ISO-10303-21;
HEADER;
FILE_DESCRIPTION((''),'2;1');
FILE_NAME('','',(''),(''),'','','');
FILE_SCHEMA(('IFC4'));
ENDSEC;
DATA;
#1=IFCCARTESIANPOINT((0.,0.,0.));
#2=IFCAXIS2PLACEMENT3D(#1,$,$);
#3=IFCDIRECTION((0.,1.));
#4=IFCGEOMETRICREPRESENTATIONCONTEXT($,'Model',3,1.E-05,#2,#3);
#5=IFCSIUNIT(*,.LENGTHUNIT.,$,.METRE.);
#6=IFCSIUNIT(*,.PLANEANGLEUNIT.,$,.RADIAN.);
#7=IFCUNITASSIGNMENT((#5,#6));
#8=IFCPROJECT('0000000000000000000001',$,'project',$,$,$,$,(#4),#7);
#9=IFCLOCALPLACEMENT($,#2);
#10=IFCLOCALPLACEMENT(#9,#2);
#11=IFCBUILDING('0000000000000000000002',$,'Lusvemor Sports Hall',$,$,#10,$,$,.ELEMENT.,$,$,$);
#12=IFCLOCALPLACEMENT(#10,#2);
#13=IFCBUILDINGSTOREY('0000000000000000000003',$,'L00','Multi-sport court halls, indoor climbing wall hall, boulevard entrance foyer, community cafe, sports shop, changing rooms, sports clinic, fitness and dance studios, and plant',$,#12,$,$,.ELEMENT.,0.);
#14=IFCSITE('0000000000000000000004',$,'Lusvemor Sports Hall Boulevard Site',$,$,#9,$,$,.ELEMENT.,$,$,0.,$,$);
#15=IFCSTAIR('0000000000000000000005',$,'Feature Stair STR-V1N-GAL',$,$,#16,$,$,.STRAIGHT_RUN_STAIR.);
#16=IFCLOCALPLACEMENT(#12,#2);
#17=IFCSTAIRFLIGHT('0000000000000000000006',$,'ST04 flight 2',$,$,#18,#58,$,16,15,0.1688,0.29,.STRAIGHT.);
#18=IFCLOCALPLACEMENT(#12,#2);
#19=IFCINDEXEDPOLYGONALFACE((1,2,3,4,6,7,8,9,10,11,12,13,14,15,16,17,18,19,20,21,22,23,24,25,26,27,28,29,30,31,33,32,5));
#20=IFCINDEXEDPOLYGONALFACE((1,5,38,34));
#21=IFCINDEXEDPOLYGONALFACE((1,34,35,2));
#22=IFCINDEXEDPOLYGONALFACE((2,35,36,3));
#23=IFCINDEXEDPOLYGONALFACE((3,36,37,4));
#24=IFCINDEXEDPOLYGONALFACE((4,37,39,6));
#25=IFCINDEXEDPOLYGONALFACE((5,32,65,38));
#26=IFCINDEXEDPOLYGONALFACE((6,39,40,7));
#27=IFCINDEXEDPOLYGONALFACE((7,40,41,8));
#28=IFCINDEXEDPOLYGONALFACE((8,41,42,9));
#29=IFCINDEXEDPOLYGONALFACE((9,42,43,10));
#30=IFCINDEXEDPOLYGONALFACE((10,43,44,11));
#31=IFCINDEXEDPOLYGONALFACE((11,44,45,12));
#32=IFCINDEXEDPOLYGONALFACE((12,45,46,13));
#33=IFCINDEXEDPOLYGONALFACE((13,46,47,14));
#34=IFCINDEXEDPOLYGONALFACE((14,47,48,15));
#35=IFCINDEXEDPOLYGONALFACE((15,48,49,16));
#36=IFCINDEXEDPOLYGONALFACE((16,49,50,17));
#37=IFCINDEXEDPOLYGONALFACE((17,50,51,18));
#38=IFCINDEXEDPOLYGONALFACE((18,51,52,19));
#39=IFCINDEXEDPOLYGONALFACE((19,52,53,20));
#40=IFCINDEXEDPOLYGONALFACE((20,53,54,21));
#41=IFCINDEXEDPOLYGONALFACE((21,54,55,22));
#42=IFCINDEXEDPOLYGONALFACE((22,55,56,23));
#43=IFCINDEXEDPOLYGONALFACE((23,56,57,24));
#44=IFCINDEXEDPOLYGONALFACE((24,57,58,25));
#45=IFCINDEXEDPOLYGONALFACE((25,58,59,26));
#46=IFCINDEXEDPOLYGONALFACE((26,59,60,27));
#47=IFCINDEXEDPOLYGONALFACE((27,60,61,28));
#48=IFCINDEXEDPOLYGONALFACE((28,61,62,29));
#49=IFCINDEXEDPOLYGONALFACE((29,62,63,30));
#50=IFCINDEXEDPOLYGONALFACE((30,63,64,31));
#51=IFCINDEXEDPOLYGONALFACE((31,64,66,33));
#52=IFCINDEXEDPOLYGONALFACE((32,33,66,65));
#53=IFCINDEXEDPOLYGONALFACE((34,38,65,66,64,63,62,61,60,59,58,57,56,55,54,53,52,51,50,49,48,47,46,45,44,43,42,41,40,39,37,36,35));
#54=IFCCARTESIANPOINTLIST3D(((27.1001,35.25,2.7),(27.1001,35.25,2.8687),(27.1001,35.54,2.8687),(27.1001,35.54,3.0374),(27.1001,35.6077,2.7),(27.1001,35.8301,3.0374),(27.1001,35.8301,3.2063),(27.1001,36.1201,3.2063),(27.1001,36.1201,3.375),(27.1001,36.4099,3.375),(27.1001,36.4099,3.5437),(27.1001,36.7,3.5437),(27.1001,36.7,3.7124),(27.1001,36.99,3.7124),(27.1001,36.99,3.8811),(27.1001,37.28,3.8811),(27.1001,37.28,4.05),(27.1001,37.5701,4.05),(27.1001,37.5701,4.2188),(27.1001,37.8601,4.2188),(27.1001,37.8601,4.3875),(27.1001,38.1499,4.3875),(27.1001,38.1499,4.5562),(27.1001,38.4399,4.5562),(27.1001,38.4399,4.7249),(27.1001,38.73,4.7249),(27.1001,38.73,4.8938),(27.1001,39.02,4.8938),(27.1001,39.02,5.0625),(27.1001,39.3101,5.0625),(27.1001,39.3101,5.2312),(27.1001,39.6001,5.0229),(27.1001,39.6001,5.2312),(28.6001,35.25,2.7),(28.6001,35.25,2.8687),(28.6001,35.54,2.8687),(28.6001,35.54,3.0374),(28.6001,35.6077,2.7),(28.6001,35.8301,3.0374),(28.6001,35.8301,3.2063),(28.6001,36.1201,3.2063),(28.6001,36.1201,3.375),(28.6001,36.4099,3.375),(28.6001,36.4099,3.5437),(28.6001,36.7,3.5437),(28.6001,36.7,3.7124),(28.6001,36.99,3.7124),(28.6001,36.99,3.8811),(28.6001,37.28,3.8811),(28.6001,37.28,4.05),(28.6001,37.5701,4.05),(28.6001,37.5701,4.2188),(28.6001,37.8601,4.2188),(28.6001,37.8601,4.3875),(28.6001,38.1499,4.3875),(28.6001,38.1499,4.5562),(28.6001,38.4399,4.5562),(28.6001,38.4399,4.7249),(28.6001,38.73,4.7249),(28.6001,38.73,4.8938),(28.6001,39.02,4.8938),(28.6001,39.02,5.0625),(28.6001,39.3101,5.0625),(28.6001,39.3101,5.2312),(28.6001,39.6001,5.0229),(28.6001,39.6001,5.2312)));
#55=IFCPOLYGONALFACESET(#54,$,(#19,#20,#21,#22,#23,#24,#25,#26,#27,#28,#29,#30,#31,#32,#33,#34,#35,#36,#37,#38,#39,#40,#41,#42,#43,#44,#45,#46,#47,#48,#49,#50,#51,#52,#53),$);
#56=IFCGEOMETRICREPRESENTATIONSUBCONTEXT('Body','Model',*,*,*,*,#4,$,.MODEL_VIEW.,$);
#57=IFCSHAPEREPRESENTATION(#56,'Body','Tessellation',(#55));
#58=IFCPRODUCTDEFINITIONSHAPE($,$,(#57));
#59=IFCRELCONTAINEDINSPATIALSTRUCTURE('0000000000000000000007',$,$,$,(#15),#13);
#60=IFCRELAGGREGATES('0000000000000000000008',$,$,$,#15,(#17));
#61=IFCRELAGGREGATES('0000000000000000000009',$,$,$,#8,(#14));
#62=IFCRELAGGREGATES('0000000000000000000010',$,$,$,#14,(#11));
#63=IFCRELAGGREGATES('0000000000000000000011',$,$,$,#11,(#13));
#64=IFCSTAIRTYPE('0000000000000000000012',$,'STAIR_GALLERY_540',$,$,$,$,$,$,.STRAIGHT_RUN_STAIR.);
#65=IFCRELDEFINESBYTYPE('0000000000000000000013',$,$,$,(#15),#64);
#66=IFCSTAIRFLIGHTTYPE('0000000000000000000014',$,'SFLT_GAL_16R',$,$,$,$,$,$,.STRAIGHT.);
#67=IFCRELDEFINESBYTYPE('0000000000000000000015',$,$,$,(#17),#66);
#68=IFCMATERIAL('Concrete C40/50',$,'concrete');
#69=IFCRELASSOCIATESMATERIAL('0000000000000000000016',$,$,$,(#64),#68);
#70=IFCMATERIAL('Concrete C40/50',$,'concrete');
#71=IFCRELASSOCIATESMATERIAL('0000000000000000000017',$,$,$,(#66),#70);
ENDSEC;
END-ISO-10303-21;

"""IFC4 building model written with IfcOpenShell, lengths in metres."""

from ifc_helpers import new_model, si_unit, direction, frame, origin, place, context, subcontext, project, spatial, polyline, outline, extrude, material, type_object, element, aggregate, save


model = new_model("IFC4")

# Units and contexts
model_context = context("Model", 3, precision=1e-05, world=origin(), true_north=direction((0.0, 1.0)))
body_context = subcontext(model_context, "Body", "Model", "MODEL_VIEW")
ifc_project = project(units=[si_unit("LENGTHUNIT", "METRE"), si_unit("PLANEANGLEUNIT", "RADIAN")], contexts=[model_context])

# Site, building, storey
site_placement = place(None, origin())
site = spatial("IfcSite", under=ifc_project, at=site_placement, Name="Lusvemor Sports Hall Boulevard Site", CompositionType="ELEMENT", RefElevation=0.0)
building_placement = place(site_placement, origin())
building = spatial("IfcBuilding", under=site, at=building_placement, Name="Lusvemor Sports Hall", CompositionType="ELEMENT")
storey_placement = place(building_placement, origin())
storey = spatial("IfcBuildingStorey", under=building, at=storey_placement, Name="L00", Description="Multi-sport court halls, indoor climbing wall hall, boulevard entrance foyer, community cafe, sports shop, changing rooms, sports clinic, fitness and dance studios, and plant", CompositionType="ELEMENT", Elevation=0.0)

# Stair, stair flight
ifc_material_1 = material(Name="Concrete C40/50", Category="concrete")
stair_type = type_object("IfcStairType", Name="STAIR_GALLERY_540", PredefinedType="STRAIGHT_RUN_STAIR", material=ifc_material_1)
ifc_material_2 = material(Name="Concrete C40/50", Category="concrete")
stair_flight_type = type_object("IfcStairFlightType", Name="SFLT_GAL_16R", PredefinedType="STRAIGHT", material=ifc_material_2)
stair_1_placement = place(storey_placement, origin())
stair_1 = element("IfcStair", 1, at=stair_1_placement, inside=storey, type_object=stair_type, Name="Feature Stair STR-V1N-GAL", PredefinedType="STRAIGHT_RUN_STAIR")
stair_flight_1_placement = place(storey_placement, frame((27.8501, 35.25, 2.7), z_axis=(0.0, 0.0, 1.0), x_axis=(0.0, 1.0, 0.0)))
stair_flight_1 = element("IfcStairFlight", 2, at=stair_flight_1_placement, type_object=stair_flight_type, Name="ST04 flight 2", NumberOfRisers=16, NumberOfTreads=15, PredefinedType="STRAIGHT", RiserHeight=0.1688, TreadLength=0.29, context=body_context, shape_type="SweptSolid", body=[
    extrude(outline(polyline([(0.0, 0.0), (0.0, 0.1687), (0.29, 0.1687), (0.29, 0.3374), (0.5801, 0.3374), (0.5801, 0.5063), (0.8701, 0.5063), (0.8701, 0.675), (1.1599, 0.675), (1.1599, 0.8438), (1.45, 0.8438), (1.45, 1.0125), (1.74, 1.0125), (1.74, 1.1812), (2.03, 1.1812), (2.03, 1.3501), (2.3201, 1.3501), (2.3201, 1.5188), (2.6101, 1.5188), (2.6101, 1.6875), (2.8999, 1.6875), (2.8999, 1.8562), (3.1899, 1.8562), (3.1899, 2.0249), (3.48, 2.0249), (3.48, 2.1938), (3.77, 2.1938), (3.77, 2.3625), (4.0601, 2.3625), (4.0601, 2.5312), (4.3501, 2.5312), (4.3501, 2.7), (4.3501, 2.323), (0.3577, 0.0), (0.0, 0.0)])), frame((0.0, 0.75, 0.0), z_axis=(0.0, -1.0, 0.0), x_axis=(1.0, 0.0, 0.0)), (0.0, 0.0, 1.0), 1.5),
])
aggregate(stair_1, [stair_flight_1])

save(model, "model.ifc")
